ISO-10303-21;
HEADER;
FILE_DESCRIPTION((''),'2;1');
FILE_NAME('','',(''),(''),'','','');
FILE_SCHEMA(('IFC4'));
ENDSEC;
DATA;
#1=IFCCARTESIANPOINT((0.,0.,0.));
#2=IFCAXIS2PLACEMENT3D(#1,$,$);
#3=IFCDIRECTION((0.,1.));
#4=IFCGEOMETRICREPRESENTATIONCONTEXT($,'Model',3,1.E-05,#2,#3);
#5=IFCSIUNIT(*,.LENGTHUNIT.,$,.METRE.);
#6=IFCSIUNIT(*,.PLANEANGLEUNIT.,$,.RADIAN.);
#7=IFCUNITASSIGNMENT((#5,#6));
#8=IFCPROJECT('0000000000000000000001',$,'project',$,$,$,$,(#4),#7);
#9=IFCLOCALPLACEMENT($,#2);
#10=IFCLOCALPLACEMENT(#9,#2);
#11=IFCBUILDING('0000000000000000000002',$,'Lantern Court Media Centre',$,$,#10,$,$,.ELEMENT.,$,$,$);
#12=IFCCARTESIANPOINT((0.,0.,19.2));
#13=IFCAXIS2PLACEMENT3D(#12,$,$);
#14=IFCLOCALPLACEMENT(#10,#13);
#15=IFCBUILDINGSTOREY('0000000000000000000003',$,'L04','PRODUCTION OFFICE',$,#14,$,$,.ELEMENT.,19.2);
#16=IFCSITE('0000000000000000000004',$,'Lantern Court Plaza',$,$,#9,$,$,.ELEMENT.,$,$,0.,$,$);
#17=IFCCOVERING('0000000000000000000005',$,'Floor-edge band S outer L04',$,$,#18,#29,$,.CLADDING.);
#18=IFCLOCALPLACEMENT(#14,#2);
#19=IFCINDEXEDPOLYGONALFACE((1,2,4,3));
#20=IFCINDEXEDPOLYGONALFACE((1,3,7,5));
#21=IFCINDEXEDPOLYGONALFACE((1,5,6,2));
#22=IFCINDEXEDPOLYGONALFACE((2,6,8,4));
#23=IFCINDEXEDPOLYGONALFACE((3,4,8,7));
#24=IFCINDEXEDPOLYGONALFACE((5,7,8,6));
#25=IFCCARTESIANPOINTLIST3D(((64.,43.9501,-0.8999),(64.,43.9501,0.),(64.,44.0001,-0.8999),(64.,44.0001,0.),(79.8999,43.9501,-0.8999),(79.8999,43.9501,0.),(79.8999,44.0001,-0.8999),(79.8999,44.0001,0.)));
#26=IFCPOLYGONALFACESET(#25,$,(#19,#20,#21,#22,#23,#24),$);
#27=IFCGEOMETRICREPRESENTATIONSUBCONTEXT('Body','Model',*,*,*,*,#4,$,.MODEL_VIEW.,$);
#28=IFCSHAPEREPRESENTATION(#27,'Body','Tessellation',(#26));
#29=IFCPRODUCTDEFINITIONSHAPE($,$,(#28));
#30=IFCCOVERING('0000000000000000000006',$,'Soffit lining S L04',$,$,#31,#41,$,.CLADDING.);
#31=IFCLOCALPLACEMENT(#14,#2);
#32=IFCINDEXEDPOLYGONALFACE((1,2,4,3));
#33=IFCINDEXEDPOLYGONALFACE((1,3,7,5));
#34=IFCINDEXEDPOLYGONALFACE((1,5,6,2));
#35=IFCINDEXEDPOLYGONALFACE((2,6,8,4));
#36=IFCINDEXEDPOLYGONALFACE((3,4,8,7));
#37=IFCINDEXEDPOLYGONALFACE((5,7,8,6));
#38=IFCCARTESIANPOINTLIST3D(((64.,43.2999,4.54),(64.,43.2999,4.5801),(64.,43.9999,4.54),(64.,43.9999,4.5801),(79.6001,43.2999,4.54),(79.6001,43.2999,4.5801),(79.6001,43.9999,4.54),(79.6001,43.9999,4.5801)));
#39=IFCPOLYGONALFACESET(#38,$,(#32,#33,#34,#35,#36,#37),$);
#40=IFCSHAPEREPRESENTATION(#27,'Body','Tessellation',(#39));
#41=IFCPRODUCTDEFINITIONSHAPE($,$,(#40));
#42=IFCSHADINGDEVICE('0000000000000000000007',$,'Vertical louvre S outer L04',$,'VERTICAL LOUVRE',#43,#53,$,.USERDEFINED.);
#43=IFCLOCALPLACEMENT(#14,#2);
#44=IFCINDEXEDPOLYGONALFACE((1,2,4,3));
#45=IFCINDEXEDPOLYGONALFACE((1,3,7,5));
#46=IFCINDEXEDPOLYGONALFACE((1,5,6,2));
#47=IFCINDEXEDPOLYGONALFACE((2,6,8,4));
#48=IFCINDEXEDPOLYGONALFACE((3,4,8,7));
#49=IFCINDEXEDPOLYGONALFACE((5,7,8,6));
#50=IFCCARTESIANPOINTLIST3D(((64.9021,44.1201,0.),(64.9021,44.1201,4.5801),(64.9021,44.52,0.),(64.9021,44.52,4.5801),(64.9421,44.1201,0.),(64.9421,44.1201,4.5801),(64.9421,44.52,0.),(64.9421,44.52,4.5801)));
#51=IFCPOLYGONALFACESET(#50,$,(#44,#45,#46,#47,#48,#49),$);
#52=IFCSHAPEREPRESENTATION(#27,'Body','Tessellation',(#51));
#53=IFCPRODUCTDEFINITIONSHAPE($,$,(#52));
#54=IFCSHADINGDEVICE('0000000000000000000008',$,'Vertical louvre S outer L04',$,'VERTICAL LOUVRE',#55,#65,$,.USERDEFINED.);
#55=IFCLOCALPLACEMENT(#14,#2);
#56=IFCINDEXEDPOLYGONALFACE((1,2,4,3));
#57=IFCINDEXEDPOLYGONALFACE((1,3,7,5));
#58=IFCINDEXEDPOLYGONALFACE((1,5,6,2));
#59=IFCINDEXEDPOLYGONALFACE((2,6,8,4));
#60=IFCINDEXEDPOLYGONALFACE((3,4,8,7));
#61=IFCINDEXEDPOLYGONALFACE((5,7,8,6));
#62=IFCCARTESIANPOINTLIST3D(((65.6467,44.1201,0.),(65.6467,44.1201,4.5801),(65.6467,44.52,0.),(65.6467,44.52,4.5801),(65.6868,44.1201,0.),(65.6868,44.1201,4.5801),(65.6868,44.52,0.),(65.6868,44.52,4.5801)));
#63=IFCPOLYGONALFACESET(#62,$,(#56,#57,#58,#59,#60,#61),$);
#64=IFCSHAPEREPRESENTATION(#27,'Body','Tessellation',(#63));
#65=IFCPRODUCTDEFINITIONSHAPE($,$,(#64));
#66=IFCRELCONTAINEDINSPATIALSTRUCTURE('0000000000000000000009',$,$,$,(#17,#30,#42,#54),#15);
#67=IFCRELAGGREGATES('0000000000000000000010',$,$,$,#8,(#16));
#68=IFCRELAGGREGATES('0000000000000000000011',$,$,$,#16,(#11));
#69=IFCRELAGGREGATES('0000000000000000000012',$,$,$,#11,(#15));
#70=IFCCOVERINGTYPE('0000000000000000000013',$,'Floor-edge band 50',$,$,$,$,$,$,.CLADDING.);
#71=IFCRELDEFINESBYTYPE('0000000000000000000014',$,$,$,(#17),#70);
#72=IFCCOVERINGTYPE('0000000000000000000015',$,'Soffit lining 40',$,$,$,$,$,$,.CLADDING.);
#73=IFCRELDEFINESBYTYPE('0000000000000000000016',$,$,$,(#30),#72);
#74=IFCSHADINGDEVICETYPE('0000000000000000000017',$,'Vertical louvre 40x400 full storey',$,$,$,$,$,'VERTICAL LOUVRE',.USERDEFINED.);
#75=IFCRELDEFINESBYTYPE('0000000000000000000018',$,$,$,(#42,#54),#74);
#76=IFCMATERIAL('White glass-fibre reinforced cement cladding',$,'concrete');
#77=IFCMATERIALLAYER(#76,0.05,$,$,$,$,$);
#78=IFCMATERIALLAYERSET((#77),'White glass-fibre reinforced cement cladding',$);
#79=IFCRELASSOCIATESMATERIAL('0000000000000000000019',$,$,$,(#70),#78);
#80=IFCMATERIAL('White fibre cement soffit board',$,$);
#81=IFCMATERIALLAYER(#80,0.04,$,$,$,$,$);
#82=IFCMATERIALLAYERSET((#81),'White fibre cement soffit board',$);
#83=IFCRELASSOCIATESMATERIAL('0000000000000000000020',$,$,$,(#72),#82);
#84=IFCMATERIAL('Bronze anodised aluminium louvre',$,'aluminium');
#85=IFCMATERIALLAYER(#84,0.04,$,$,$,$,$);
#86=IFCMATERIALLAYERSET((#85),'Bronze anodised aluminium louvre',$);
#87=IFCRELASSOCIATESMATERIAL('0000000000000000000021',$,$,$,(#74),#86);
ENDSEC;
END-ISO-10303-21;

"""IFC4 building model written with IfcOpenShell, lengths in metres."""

from ifc_helpers import new_model, si_unit, direction, frame, frame_2d, origin, origin_2d, place, context, subcontext, project, spatial, rectangle, extrude, material, layer, layer_set, type_object, element, save


model = new_model("IFC4")

# Units and contexts
model_context = context("Model", 3, precision=1e-05, world=origin(), true_north=direction((0.0, 1.0)))
body_context = subcontext(model_context, "Body", "Model", "MODEL_VIEW")
ifc_project = project(units=[si_unit("LENGTHUNIT", "METRE"), si_unit("PLANEANGLEUNIT", "RADIAN")], contexts=[model_context])

# Site, building, storey
site_placement = place(None, origin())
site = spatial("IfcSite", under=ifc_project, at=site_placement, Name="Lantern Court Plaza", CompositionType="ELEMENT", RefElevation=0.0)
building_placement = place(site_placement, origin())
building = spatial("IfcBuilding", under=site, at=building_placement, Name="Lantern Court Media Centre", CompositionType="ELEMENT")
storey_placement = place(building_placement, frame((0.0, 0.0, 19.2)))
storey = spatial("IfcBuildingStorey", under=building, at=storey_placement, Name="L04", Description="PRODUCTION OFFICE", CompositionType="ELEMENT", Elevation=19.2)

# Coverings
ifc_material_1 = material(Name="White glass-fibre reinforced cement cladding", Category="concrete")
ifc_layer_1 = layer(ifc_material_1, 0.05)
ifc_layer_set_1 = layer_set([ifc_layer_1], Name="White glass-fibre reinforced cement cladding")
covering_type_1 = type_object("IfcCoveringType", Name="Floor-edge band 50", PredefinedType="CLADDING", material=ifc_layer_set_1)
covering_1_placement = place(storey_placement, frame((64.0, 43.9751, -0.8999), z_axis=(0.0, 0.0, 1.0), x_axis=(1.0, 0.0, 0.0)))
element("IfcCovering", 1, at=covering_1_placement, inside=storey, type_object=covering_type_1, Name="Floor-edge band S outer L04", PredefinedType="CLADDING", context=body_context, shape_type="SweptSolid", body=[
    extrude(rectangle(XDim=15.8999, YDim=0.05, at=frame_2d((7.95, 0.0))), origin(), (0.0, 0.0, 1.0), 0.8999),
])
ifc_material_2 = material(Name="White fibre cement soffit board")
ifc_layer_2 = layer(ifc_material_2, 0.04)
ifc_layer_set_2 = layer_set([ifc_layer_2], Name="White fibre cement soffit board")
covering_type_2 = type_object("IfcCoveringType", Name="Soffit lining 40", PredefinedType="CLADDING", material=ifc_layer_set_2)
covering_2_placement = place(storey_placement, frame((64.0, 43.6499, 4.54), z_axis=(0.0, 0.0, 1.0), x_axis=(1.0, 0.0, 0.0)))
element("IfcCovering", 2, at=covering_2_placement, inside=storey, type_object=covering_type_2, Name="Soffit lining S L04", PredefinedType="CLADDING", context=body_context, shape_type="SweptSolid", body=[
    extrude(rectangle(XDim=15.6001, YDim=0.7, at=frame_2d((7.8, 0.0))), origin(), (0.0, 0.0, 1.0), 0.04),
])

# Shading devices
ifc_material_3 = material(Name="Bronze anodised aluminium louvre", Category="aluminium")
ifc_layer_3 = layer(ifc_material_3, 0.04)
ifc_layer_set_3 = layer_set([ifc_layer_3], Name="Bronze anodised aluminium louvre")
shading_device_type = type_object("IfcShadingDeviceType", Name="Vertical louvre 40x400 full storey", ElementType="VERTICAL LOUVRE", PredefinedType="USERDEFINED", material=ifc_layer_set_3)
for number, where, z_axis, x_axis, name in (
    (3, (64.9221, 44.3201, 0.0), (0.0, 0.0, 1.0), (1.0, 0.0, 0.0), "Vertical louvre S outer L04"),
    (4, (65.6667, 44.3201, 0.0), (0.0, 0.0, 1.0), (1.0, 0.0, 0.0), "Vertical louvre S outer L04"),
):
    element("IfcShadingDevice", number, at=place(storey_placement, frame(where, z_axis=z_axis, x_axis=x_axis)), inside=storey, type_object=shading_device_type, Name=name, ObjectType="VERTICAL LOUVRE", PredefinedType="USERDEFINED", context=body_context, shape_type="SweptSolid", body=[
        extrude(rectangle(XDim=0.04, YDim=0.3999, at=origin_2d()), origin(), (0.0, 0.0, 1.0), 4.5801),
    ])

save(model, "model.ifc")
